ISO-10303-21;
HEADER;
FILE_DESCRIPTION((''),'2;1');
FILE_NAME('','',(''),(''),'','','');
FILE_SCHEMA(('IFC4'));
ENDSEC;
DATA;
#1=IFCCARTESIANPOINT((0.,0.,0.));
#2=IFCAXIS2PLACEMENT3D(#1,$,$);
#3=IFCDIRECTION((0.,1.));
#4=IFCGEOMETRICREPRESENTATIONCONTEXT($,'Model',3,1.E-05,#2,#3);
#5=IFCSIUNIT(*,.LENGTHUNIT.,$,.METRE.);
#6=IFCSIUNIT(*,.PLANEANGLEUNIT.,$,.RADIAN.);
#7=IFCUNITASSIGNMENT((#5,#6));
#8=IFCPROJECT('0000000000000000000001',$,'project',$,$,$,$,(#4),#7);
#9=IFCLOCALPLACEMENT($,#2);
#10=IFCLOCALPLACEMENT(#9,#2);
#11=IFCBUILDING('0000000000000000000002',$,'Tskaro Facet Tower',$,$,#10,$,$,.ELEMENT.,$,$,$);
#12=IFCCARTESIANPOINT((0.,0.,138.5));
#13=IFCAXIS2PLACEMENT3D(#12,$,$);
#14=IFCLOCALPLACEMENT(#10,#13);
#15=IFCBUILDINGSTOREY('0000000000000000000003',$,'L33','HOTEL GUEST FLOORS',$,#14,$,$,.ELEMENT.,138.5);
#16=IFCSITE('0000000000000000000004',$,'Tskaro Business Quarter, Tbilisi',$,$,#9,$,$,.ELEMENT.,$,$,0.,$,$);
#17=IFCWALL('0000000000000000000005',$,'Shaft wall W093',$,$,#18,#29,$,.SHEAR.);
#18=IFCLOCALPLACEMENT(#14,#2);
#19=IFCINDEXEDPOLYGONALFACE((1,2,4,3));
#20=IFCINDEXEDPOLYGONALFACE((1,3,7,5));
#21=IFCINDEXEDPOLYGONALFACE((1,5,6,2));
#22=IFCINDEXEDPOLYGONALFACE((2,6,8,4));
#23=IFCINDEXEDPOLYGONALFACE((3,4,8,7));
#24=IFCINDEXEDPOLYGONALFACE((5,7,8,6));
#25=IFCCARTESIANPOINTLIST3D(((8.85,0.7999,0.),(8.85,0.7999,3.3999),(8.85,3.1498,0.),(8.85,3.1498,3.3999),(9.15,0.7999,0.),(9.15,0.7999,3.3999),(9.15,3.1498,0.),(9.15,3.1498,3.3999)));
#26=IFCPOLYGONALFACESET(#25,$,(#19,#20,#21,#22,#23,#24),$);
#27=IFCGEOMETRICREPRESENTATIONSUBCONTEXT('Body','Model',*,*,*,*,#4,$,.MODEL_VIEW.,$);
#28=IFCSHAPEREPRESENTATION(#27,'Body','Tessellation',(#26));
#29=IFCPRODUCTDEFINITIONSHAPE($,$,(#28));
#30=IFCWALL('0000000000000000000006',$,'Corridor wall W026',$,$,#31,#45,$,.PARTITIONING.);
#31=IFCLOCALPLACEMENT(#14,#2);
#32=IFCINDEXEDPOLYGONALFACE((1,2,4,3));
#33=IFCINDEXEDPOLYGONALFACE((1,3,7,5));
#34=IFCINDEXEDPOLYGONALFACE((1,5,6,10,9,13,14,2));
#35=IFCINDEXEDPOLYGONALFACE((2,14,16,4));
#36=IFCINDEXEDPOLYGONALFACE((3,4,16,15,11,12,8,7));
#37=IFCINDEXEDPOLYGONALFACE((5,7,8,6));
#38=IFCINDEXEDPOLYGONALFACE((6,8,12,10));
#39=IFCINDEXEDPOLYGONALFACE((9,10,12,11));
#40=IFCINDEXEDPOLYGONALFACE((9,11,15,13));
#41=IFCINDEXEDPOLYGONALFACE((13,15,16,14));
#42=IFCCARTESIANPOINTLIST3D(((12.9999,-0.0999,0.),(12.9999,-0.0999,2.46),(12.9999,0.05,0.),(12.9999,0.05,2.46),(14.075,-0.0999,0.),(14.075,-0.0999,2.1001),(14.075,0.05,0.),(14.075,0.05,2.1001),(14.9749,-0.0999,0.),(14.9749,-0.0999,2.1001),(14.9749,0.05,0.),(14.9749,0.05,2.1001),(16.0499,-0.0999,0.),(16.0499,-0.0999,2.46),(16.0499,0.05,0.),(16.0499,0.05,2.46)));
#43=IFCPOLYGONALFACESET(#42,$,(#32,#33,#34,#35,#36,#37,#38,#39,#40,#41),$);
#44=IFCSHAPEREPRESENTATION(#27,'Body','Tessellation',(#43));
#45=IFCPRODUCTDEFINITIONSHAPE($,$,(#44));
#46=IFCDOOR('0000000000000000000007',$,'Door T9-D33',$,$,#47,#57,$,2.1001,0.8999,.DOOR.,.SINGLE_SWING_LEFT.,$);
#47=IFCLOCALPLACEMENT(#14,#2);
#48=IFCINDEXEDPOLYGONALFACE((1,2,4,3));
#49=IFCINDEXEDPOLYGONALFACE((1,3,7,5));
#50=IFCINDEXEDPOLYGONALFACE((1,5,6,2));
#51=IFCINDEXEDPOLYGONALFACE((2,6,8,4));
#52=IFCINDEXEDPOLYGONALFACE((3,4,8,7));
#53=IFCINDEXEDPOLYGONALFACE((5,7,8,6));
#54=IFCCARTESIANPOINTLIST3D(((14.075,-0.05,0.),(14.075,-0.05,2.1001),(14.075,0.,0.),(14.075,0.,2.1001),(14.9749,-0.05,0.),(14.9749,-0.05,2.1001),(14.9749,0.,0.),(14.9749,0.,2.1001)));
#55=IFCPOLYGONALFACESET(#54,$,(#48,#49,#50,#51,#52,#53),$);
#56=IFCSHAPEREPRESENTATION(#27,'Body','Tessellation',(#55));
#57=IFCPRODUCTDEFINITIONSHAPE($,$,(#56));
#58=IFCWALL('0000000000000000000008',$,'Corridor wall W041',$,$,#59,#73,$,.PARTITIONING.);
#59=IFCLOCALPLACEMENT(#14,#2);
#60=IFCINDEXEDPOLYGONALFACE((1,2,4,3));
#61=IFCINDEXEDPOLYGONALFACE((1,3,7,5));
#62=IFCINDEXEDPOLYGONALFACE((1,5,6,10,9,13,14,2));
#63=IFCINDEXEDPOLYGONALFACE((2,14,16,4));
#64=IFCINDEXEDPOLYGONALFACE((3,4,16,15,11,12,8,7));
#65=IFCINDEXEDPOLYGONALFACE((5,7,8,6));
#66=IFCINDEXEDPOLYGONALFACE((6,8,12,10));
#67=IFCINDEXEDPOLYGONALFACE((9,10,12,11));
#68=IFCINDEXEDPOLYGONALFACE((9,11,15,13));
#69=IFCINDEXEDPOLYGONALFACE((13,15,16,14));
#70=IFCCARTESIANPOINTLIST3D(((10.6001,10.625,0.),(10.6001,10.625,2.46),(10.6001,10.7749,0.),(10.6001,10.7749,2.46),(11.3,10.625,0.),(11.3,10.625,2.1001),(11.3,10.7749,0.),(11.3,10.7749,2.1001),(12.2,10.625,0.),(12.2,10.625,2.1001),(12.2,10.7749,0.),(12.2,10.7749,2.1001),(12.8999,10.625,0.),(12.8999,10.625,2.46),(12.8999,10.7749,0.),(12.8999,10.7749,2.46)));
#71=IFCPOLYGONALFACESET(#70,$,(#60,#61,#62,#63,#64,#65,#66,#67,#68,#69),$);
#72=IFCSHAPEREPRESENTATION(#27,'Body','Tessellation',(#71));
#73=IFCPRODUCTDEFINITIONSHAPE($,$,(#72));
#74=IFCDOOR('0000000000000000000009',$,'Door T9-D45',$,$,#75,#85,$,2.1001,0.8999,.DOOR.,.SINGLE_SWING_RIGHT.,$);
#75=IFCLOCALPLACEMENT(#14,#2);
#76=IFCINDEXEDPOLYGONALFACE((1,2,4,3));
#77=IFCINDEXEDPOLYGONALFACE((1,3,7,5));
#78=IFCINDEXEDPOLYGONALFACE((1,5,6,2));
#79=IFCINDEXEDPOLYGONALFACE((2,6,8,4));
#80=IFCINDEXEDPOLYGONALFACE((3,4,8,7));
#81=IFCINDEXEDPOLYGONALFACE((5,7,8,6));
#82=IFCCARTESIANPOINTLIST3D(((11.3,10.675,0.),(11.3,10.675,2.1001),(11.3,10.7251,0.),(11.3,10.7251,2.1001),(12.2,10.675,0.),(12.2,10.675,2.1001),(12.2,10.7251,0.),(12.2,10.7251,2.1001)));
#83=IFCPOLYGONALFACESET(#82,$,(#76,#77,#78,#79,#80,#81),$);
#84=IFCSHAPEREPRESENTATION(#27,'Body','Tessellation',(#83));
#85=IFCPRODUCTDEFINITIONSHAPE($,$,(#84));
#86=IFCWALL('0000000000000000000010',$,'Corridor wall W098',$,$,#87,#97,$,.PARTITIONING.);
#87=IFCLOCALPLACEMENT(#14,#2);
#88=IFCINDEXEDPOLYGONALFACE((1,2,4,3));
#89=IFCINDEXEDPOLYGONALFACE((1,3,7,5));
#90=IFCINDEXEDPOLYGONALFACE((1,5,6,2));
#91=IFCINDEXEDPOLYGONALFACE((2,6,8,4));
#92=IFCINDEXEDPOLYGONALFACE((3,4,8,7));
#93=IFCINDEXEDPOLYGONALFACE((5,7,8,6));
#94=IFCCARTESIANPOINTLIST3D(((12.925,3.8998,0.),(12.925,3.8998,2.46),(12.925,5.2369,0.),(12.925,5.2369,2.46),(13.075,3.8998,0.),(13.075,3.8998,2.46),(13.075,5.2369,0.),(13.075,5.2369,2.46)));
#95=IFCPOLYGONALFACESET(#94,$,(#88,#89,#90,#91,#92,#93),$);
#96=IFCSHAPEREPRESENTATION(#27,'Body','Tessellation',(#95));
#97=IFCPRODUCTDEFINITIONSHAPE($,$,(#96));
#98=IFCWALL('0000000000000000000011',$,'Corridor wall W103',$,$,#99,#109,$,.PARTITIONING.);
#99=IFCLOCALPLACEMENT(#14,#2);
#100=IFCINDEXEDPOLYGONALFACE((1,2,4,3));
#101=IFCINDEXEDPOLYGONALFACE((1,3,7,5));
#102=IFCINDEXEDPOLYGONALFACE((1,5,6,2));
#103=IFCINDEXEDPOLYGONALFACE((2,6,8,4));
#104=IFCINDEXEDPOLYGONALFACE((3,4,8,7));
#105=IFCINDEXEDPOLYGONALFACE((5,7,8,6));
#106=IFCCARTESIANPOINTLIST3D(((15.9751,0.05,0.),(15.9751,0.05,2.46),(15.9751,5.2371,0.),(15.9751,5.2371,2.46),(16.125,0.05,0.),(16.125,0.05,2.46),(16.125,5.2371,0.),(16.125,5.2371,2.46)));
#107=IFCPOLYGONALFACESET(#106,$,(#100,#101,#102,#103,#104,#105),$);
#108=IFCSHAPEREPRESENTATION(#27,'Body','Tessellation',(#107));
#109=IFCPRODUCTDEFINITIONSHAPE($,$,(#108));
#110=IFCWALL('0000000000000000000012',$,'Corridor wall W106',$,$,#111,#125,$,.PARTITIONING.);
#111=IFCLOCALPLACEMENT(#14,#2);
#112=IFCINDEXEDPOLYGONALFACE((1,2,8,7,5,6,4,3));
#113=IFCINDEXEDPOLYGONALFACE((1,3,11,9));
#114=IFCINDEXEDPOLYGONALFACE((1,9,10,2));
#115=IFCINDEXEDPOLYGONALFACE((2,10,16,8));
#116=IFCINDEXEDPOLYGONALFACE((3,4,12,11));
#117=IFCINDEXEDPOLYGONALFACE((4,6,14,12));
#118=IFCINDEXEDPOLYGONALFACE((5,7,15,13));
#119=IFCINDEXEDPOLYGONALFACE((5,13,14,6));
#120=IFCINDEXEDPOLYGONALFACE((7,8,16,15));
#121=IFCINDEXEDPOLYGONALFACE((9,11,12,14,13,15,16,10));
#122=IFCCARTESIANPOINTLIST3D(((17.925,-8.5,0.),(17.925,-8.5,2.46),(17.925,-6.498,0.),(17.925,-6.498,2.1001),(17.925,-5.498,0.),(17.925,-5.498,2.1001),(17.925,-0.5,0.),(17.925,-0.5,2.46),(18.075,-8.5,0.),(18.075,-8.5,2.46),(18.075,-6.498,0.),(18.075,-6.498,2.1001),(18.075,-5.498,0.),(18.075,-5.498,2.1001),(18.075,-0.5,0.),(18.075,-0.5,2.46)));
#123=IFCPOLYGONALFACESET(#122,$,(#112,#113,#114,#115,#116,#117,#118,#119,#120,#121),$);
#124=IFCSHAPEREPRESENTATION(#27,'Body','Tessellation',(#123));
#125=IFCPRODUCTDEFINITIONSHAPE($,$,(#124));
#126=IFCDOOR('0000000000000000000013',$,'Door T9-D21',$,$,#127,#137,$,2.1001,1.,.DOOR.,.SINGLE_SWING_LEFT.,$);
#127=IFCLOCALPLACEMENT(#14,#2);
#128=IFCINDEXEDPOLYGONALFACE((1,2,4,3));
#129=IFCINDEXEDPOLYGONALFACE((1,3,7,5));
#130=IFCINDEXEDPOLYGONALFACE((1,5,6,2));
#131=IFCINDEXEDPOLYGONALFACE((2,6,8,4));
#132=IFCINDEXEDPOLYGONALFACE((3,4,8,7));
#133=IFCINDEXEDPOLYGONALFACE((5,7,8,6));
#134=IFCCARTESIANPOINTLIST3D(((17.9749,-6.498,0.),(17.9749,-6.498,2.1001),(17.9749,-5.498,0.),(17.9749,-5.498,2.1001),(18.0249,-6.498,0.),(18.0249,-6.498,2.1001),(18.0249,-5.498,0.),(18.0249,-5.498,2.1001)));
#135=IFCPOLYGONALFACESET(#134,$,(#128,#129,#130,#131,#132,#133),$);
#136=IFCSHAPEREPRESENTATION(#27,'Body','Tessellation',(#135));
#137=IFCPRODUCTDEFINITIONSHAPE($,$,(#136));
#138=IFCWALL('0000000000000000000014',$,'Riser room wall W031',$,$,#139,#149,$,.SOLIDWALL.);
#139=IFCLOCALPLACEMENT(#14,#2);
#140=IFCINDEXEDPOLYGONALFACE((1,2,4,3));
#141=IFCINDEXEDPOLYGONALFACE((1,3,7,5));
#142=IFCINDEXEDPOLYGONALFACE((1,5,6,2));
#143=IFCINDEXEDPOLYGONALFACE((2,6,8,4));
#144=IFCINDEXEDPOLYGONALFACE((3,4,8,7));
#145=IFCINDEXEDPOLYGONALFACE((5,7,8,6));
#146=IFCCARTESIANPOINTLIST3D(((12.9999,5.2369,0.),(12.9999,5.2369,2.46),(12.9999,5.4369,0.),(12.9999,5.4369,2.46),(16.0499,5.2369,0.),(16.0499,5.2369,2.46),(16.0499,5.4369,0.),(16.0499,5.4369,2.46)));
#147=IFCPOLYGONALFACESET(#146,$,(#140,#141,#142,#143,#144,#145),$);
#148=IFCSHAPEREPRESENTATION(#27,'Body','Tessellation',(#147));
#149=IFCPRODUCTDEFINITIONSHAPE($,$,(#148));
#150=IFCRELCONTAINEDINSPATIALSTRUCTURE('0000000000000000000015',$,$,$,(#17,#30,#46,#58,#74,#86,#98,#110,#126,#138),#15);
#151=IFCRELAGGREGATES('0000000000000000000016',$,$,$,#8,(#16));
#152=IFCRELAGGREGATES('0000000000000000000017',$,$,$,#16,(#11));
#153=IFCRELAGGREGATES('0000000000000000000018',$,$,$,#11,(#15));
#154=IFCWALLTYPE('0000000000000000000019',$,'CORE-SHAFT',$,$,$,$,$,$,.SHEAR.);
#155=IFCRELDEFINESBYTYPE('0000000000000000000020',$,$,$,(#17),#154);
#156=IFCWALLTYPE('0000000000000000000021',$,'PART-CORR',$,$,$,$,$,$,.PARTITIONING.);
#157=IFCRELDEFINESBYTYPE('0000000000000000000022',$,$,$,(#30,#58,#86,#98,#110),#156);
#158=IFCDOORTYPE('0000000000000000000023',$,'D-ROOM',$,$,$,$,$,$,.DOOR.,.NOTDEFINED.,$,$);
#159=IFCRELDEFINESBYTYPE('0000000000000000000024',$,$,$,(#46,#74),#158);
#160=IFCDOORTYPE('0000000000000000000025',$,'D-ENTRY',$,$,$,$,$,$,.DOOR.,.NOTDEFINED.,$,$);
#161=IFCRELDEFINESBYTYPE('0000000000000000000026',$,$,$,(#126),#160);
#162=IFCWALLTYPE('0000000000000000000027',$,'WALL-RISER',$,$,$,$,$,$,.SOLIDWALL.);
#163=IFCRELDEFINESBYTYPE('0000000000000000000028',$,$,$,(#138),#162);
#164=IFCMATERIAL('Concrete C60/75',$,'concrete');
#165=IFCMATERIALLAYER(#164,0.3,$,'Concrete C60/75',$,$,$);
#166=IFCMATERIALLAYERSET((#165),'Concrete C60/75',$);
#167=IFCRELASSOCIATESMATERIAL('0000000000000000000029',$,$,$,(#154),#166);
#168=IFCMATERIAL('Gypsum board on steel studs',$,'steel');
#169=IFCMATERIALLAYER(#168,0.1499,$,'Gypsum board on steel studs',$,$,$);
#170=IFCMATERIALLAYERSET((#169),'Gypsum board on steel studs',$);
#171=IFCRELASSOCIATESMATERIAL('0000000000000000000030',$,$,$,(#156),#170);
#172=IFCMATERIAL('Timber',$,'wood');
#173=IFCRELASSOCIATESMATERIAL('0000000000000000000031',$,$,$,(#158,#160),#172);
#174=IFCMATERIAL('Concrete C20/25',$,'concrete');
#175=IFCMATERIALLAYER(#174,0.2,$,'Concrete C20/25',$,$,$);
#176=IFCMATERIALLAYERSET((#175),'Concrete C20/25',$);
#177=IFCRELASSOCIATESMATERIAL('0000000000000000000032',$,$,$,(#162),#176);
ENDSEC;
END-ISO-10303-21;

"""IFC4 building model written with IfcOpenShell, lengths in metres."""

from ifc_helpers import new_model, si_unit, direction, frame, frame_2d, origin, place, context, subcontext, project, spatial, rectangle, extrude, material, layer, layer_set, type_object, element, fill, save


model = new_model("IFC4")

# Units and contexts
model_context = context("Model", 3, precision=1e-05, world=origin(), true_north=direction((0.0, 1.0)))
body_context = subcontext(model_context, "Body", "Model", "MODEL_VIEW")
ifc_project = project(units=[si_unit("LENGTHUNIT", "METRE"), si_unit("PLANEANGLEUNIT", "RADIAN")], contexts=[model_context])

# Site, building, storey
site_placement = place(None, origin())
site = spatial("IfcSite", under=ifc_project, at=site_placement, Name="Tskaro Business Quarter, Tbilisi", CompositionType="ELEMENT", RefElevation=0.0)
building_placement = place(site_placement, origin())
building = spatial("IfcBuilding", under=site, at=building_placement, Name="Tskaro Facet Tower", CompositionType="ELEMENT")
storey_placement = place(building_placement, frame((0.0, 0.0, 138.5)))
storey = spatial("IfcBuildingStorey", under=building, at=storey_placement, Name="L33", Description="HOTEL GUEST FLOORS", CompositionType="ELEMENT", Elevation=138.5)

# Wall
ifc_material_1 = material(Name="Concrete C60/75", Category="concrete")
ifc_layer_1 = layer(ifc_material_1, 0.3, Name="Concrete C60/75")
ifc_layer_set_1 = layer_set([ifc_layer_1], Name="Concrete C60/75")
wall_type_1 = type_object("IfcWallType", Name="CORE-SHAFT", PredefinedType="SHEAR", material=ifc_layer_set_1)
wall_1_placement = place(storey_placement, frame((9.0, 0.8, 0.0), z_axis=(0.0, 0.0, 1.0), x_axis=(0.0, 1.0, 0.0)))
element("IfcWall", 1, at=wall_1_placement, inside=storey, type_object=wall_type_1, Name="Shaft wall W093", PredefinedType="SHEAR", context=body_context, shape_type="SweptSolid", body=[
    extrude(rectangle(XDim=2.3499, YDim=0.3, at=frame_2d((1.1748, 0.0))), origin(), (0.0, 0.0, 1.0), 3.3999),
])

# Walls, openings, doors
ifc_material_2 = material(Name="Gypsum board on steel studs", Category="steel")
ifc_layer_2 = layer(ifc_material_2, 0.1499, Name="Gypsum board on steel studs")
ifc_layer_set_2 = layer_set([ifc_layer_2], Name="Gypsum board on steel studs")
wall_type_2 = type_object("IfcWallType", Name="PART-CORR", PredefinedType="PARTITIONING", material=ifc_layer_set_2)
wall_2_placement = place(storey_placement, frame((13.0, -0.0249, 0.0), z_axis=(0.0, 0.0, 1.0), x_axis=(1.0, 0.0, 0.0)))
wall_2 = element("IfcWall", 2, at=wall_2_placement, inside=storey, type_object=wall_type_2, Name="Corridor wall W026", PredefinedType="PARTITIONING", context=body_context, shape_type="SweptSolid", body=[
    extrude(rectangle(XDim=3.05, YDim=0.1499, at=frame_2d((1.5249, 0.0))), origin(), (0.0, 0.0, 1.0), 2.46),
])
opening_1_placement = place(wall_2_placement, frame((1.075, 0.0, 0.0)))
opening_1 = element("IfcOpeningElement", 3, at=opening_1_placement, cuts=wall_2, PredefinedType="OPENING", context=body_context, shape_type="SweptSolid", body=[
    extrude(rectangle(XDim=0.8999, YDim=2.1001, at=frame_2d((0.45, 1.05))), frame((0.0, 0.085, 0.0), z_axis=(0.0, -1.0, 0.0), x_axis=(1.0, 0.0, 0.0)), (0.0, 0.0, 1.0), 0.1699),
])
ifc_material_3 = material(Name="Timber", Category="wood")
door_type_1 = type_object("IfcDoorType", Name="D-ROOM", OperationType="NOTDEFINED", PredefinedType="DOOR", material=ifc_material_3)
door_1_placement = place(opening_1_placement, origin())
door_1 = element("IfcDoor", 4, at=door_1_placement, inside=storey, type_object=door_type_1, Name="Door T9-D33", OperationType="SINGLE_SWING_LEFT", OverallHeight=2.1001, OverallWidth=0.8999, PredefinedType="DOOR", context=body_context, shape_type="SweptSolid", body=[
    extrude(rectangle(XDim=0.8999, YDim=2.1001, at=frame_2d((0.45, 1.05))), frame((0.0, 0.0249, 0.0), z_axis=(0.0, -1.0, 0.0), x_axis=(1.0, 0.0, 0.0)), (0.0, 0.0, 1.0), 0.05),
])
fill(opening_1, door_1)
wall_3_placement = place(storey_placement, frame((12.8999, 10.7, 0.0), z_axis=(0.0, 0.0, 1.0), x_axis=(-1.0, 0.0, 0.0)))
wall_3 = element("IfcWall", 5, at=wall_3_placement, inside=storey, type_object=wall_type_2, Name="Corridor wall W041", PredefinedType="PARTITIONING", context=body_context, shape_type="SweptSolid", body=[
    extrude(rectangle(XDim=2.2998, YDim=0.1499, at=frame_2d((1.1499, 0.0))), origin(), (0.0, 0.0, 1.0), 2.46),
])
opening_2_placement = place(wall_3_placement, frame((0.7, 0.0, 0.0)))
opening_2 = element("IfcOpeningElement", 6, at=opening_2_placement, cuts=wall_3, PredefinedType="OPENING", context=body_context, shape_type="SweptSolid", body=[
    extrude(rectangle(XDim=0.8999, YDim=2.1001, at=frame_2d((0.45, 1.05))), frame((0.0, 0.085, 0.0), z_axis=(0.0, -1.0, 0.0), x_axis=(1.0, 0.0, 0.0)), (0.0, 0.0, 1.0), 0.1699),
])
door_2_placement = place(opening_2_placement, origin())
door_2 = element("IfcDoor", 7, at=door_2_placement, inside=storey, type_object=door_type_1, Name="Door T9-D45", OperationType="SINGLE_SWING_RIGHT", OverallHeight=2.1001, OverallWidth=0.8999, PredefinedType="DOOR", context=body_context, shape_type="SweptSolid", body=[
    extrude(rectangle(XDim=0.8999, YDim=2.1001, at=frame_2d((0.45, 1.05))), frame((0.0, 0.0249, 0.0), z_axis=(0.0, -1.0, 0.0), x_axis=(1.0, 0.0, 0.0)), (0.0, 0.0, 1.0), 0.05),
])
fill(opening_2, door_2)

# Walls
wall_4_placement = place(storey_placement, frame((13.0, 3.8999, 0.0), z_axis=(0.0, 0.0, 1.0), x_axis=(0.0, 1.0, 0.0)))
element("IfcWall", 8, at=wall_4_placement, inside=storey, type_object=wall_type_2, Name="Corridor wall W098", PredefinedType="PARTITIONING", context=body_context, shape_type="SweptSolid", body=[
    extrude(rectangle(XDim=1.3372, YDim=0.1499, at=frame_2d((0.6685, 0.0))), origin(), (0.0, 0.0, 1.0), 2.46),
])
wall_5_placement = place(storey_placement, frame((16.05, 0.05, 0.0), z_axis=(0.0, 0.0, 1.0), x_axis=(0.0, 1.0, 0.0)))
element("IfcWall", 9, at=wall_5_placement, inside=storey, type_object=wall_type_2, Name="Corridor wall W103", PredefinedType="PARTITIONING", context=body_context, shape_type="SweptSolid", body=[
    extrude(rectangle(XDim=5.187, YDim=0.1499, at=frame_2d((2.5935, 0.0))), origin(), (0.0, 0.0, 1.0), 2.46),
])

# Wall, opening, door
wall_6_placement = place(storey_placement, frame((18.0, -0.5, 0.0), z_axis=(0.0, 0.0, 1.0), x_axis=(0.0, -1.0, 0.0)))
wall_6 = element("IfcWall", 10, at=wall_6_placement, inside=storey, type_object=wall_type_2, Name="Corridor wall W106", PredefinedType="PARTITIONING", context=body_context, shape_type="SweptSolid", body=[
    extrude(rectangle(XDim=8.0, YDim=0.1499, at=frame_2d((4.0, 0.0))), origin(), (0.0, 0.0, 1.0), 2.46),
])
opening_3_placement = place(wall_6_placement, frame((4.998, 0.0, 0.0)))
opening_3 = element("IfcOpeningElement", 11, at=opening_3_placement, cuts=wall_6, PredefinedType="OPENING", context=body_context, shape_type="SweptSolid", body=[
    extrude(rectangle(XDim=1.0, YDim=2.1001, at=frame_2d((0.5, 1.05))), frame((0.0, 0.085, 0.0), z_axis=(0.0, -1.0, 0.0), x_axis=(1.0, 0.0, 0.0)), (0.0, 0.0, 1.0), 0.1699),
])
door_type_2 = type_object("IfcDoorType", Name="D-ENTRY", OperationType="NOTDEFINED", PredefinedType="DOOR", material=ifc_material_3)
door_3_placement = place(opening_3_placement, origin())
door_3 = element("IfcDoor", 12, at=door_3_placement, inside=storey, type_object=door_type_2, Name="Door T9-D21", OperationType="SINGLE_SWING_LEFT", OverallHeight=2.1001, OverallWidth=1.0, PredefinedType="DOOR", context=body_context, shape_type="SweptSolid", body=[
    extrude(rectangle(XDim=1.0, YDim=2.1001, at=frame_2d((0.5, 1.05))), frame((0.0, 0.0249, 0.0), z_axis=(0.0, -1.0, 0.0), x_axis=(1.0, 0.0, 0.0)), (0.0, 0.0, 1.0), 0.05),
])
fill(opening_3, door_3)

# Wall
ifc_material_4 = material(Name="Concrete C20/25", Category="concrete")
ifc_layer_3 = layer(ifc_material_4, 0.2, Name="Concrete C20/25")
ifc_layer_set_3 = layer_set([ifc_layer_3], Name="Concrete C20/25")
wall_type_3 = type_object("IfcWallType", Name="WALL-RISER", PredefinedType="SOLIDWALL", material=ifc_layer_set_3)
wall_7_placement = place(storey_placement, frame((13.0, 5.3369, 0.0), z_axis=(0.0, 0.0, 1.0), x_axis=(1.0, 0.0, 0.0)))
element("IfcWall", 13, at=wall_7_placement, inside=storey, type_object=wall_type_3, Name="Riser room wall W031", PredefinedType="SOLIDWALL", context=body_context, shape_type="SweptSolid", body=[
    extrude(rectangle(XDim=3.05, YDim=0.2, at=frame_2d((1.5249, 0.0))), origin(), (0.0, 0.0, 1.0), 2.46),
])

save(model, "model.ifc")
